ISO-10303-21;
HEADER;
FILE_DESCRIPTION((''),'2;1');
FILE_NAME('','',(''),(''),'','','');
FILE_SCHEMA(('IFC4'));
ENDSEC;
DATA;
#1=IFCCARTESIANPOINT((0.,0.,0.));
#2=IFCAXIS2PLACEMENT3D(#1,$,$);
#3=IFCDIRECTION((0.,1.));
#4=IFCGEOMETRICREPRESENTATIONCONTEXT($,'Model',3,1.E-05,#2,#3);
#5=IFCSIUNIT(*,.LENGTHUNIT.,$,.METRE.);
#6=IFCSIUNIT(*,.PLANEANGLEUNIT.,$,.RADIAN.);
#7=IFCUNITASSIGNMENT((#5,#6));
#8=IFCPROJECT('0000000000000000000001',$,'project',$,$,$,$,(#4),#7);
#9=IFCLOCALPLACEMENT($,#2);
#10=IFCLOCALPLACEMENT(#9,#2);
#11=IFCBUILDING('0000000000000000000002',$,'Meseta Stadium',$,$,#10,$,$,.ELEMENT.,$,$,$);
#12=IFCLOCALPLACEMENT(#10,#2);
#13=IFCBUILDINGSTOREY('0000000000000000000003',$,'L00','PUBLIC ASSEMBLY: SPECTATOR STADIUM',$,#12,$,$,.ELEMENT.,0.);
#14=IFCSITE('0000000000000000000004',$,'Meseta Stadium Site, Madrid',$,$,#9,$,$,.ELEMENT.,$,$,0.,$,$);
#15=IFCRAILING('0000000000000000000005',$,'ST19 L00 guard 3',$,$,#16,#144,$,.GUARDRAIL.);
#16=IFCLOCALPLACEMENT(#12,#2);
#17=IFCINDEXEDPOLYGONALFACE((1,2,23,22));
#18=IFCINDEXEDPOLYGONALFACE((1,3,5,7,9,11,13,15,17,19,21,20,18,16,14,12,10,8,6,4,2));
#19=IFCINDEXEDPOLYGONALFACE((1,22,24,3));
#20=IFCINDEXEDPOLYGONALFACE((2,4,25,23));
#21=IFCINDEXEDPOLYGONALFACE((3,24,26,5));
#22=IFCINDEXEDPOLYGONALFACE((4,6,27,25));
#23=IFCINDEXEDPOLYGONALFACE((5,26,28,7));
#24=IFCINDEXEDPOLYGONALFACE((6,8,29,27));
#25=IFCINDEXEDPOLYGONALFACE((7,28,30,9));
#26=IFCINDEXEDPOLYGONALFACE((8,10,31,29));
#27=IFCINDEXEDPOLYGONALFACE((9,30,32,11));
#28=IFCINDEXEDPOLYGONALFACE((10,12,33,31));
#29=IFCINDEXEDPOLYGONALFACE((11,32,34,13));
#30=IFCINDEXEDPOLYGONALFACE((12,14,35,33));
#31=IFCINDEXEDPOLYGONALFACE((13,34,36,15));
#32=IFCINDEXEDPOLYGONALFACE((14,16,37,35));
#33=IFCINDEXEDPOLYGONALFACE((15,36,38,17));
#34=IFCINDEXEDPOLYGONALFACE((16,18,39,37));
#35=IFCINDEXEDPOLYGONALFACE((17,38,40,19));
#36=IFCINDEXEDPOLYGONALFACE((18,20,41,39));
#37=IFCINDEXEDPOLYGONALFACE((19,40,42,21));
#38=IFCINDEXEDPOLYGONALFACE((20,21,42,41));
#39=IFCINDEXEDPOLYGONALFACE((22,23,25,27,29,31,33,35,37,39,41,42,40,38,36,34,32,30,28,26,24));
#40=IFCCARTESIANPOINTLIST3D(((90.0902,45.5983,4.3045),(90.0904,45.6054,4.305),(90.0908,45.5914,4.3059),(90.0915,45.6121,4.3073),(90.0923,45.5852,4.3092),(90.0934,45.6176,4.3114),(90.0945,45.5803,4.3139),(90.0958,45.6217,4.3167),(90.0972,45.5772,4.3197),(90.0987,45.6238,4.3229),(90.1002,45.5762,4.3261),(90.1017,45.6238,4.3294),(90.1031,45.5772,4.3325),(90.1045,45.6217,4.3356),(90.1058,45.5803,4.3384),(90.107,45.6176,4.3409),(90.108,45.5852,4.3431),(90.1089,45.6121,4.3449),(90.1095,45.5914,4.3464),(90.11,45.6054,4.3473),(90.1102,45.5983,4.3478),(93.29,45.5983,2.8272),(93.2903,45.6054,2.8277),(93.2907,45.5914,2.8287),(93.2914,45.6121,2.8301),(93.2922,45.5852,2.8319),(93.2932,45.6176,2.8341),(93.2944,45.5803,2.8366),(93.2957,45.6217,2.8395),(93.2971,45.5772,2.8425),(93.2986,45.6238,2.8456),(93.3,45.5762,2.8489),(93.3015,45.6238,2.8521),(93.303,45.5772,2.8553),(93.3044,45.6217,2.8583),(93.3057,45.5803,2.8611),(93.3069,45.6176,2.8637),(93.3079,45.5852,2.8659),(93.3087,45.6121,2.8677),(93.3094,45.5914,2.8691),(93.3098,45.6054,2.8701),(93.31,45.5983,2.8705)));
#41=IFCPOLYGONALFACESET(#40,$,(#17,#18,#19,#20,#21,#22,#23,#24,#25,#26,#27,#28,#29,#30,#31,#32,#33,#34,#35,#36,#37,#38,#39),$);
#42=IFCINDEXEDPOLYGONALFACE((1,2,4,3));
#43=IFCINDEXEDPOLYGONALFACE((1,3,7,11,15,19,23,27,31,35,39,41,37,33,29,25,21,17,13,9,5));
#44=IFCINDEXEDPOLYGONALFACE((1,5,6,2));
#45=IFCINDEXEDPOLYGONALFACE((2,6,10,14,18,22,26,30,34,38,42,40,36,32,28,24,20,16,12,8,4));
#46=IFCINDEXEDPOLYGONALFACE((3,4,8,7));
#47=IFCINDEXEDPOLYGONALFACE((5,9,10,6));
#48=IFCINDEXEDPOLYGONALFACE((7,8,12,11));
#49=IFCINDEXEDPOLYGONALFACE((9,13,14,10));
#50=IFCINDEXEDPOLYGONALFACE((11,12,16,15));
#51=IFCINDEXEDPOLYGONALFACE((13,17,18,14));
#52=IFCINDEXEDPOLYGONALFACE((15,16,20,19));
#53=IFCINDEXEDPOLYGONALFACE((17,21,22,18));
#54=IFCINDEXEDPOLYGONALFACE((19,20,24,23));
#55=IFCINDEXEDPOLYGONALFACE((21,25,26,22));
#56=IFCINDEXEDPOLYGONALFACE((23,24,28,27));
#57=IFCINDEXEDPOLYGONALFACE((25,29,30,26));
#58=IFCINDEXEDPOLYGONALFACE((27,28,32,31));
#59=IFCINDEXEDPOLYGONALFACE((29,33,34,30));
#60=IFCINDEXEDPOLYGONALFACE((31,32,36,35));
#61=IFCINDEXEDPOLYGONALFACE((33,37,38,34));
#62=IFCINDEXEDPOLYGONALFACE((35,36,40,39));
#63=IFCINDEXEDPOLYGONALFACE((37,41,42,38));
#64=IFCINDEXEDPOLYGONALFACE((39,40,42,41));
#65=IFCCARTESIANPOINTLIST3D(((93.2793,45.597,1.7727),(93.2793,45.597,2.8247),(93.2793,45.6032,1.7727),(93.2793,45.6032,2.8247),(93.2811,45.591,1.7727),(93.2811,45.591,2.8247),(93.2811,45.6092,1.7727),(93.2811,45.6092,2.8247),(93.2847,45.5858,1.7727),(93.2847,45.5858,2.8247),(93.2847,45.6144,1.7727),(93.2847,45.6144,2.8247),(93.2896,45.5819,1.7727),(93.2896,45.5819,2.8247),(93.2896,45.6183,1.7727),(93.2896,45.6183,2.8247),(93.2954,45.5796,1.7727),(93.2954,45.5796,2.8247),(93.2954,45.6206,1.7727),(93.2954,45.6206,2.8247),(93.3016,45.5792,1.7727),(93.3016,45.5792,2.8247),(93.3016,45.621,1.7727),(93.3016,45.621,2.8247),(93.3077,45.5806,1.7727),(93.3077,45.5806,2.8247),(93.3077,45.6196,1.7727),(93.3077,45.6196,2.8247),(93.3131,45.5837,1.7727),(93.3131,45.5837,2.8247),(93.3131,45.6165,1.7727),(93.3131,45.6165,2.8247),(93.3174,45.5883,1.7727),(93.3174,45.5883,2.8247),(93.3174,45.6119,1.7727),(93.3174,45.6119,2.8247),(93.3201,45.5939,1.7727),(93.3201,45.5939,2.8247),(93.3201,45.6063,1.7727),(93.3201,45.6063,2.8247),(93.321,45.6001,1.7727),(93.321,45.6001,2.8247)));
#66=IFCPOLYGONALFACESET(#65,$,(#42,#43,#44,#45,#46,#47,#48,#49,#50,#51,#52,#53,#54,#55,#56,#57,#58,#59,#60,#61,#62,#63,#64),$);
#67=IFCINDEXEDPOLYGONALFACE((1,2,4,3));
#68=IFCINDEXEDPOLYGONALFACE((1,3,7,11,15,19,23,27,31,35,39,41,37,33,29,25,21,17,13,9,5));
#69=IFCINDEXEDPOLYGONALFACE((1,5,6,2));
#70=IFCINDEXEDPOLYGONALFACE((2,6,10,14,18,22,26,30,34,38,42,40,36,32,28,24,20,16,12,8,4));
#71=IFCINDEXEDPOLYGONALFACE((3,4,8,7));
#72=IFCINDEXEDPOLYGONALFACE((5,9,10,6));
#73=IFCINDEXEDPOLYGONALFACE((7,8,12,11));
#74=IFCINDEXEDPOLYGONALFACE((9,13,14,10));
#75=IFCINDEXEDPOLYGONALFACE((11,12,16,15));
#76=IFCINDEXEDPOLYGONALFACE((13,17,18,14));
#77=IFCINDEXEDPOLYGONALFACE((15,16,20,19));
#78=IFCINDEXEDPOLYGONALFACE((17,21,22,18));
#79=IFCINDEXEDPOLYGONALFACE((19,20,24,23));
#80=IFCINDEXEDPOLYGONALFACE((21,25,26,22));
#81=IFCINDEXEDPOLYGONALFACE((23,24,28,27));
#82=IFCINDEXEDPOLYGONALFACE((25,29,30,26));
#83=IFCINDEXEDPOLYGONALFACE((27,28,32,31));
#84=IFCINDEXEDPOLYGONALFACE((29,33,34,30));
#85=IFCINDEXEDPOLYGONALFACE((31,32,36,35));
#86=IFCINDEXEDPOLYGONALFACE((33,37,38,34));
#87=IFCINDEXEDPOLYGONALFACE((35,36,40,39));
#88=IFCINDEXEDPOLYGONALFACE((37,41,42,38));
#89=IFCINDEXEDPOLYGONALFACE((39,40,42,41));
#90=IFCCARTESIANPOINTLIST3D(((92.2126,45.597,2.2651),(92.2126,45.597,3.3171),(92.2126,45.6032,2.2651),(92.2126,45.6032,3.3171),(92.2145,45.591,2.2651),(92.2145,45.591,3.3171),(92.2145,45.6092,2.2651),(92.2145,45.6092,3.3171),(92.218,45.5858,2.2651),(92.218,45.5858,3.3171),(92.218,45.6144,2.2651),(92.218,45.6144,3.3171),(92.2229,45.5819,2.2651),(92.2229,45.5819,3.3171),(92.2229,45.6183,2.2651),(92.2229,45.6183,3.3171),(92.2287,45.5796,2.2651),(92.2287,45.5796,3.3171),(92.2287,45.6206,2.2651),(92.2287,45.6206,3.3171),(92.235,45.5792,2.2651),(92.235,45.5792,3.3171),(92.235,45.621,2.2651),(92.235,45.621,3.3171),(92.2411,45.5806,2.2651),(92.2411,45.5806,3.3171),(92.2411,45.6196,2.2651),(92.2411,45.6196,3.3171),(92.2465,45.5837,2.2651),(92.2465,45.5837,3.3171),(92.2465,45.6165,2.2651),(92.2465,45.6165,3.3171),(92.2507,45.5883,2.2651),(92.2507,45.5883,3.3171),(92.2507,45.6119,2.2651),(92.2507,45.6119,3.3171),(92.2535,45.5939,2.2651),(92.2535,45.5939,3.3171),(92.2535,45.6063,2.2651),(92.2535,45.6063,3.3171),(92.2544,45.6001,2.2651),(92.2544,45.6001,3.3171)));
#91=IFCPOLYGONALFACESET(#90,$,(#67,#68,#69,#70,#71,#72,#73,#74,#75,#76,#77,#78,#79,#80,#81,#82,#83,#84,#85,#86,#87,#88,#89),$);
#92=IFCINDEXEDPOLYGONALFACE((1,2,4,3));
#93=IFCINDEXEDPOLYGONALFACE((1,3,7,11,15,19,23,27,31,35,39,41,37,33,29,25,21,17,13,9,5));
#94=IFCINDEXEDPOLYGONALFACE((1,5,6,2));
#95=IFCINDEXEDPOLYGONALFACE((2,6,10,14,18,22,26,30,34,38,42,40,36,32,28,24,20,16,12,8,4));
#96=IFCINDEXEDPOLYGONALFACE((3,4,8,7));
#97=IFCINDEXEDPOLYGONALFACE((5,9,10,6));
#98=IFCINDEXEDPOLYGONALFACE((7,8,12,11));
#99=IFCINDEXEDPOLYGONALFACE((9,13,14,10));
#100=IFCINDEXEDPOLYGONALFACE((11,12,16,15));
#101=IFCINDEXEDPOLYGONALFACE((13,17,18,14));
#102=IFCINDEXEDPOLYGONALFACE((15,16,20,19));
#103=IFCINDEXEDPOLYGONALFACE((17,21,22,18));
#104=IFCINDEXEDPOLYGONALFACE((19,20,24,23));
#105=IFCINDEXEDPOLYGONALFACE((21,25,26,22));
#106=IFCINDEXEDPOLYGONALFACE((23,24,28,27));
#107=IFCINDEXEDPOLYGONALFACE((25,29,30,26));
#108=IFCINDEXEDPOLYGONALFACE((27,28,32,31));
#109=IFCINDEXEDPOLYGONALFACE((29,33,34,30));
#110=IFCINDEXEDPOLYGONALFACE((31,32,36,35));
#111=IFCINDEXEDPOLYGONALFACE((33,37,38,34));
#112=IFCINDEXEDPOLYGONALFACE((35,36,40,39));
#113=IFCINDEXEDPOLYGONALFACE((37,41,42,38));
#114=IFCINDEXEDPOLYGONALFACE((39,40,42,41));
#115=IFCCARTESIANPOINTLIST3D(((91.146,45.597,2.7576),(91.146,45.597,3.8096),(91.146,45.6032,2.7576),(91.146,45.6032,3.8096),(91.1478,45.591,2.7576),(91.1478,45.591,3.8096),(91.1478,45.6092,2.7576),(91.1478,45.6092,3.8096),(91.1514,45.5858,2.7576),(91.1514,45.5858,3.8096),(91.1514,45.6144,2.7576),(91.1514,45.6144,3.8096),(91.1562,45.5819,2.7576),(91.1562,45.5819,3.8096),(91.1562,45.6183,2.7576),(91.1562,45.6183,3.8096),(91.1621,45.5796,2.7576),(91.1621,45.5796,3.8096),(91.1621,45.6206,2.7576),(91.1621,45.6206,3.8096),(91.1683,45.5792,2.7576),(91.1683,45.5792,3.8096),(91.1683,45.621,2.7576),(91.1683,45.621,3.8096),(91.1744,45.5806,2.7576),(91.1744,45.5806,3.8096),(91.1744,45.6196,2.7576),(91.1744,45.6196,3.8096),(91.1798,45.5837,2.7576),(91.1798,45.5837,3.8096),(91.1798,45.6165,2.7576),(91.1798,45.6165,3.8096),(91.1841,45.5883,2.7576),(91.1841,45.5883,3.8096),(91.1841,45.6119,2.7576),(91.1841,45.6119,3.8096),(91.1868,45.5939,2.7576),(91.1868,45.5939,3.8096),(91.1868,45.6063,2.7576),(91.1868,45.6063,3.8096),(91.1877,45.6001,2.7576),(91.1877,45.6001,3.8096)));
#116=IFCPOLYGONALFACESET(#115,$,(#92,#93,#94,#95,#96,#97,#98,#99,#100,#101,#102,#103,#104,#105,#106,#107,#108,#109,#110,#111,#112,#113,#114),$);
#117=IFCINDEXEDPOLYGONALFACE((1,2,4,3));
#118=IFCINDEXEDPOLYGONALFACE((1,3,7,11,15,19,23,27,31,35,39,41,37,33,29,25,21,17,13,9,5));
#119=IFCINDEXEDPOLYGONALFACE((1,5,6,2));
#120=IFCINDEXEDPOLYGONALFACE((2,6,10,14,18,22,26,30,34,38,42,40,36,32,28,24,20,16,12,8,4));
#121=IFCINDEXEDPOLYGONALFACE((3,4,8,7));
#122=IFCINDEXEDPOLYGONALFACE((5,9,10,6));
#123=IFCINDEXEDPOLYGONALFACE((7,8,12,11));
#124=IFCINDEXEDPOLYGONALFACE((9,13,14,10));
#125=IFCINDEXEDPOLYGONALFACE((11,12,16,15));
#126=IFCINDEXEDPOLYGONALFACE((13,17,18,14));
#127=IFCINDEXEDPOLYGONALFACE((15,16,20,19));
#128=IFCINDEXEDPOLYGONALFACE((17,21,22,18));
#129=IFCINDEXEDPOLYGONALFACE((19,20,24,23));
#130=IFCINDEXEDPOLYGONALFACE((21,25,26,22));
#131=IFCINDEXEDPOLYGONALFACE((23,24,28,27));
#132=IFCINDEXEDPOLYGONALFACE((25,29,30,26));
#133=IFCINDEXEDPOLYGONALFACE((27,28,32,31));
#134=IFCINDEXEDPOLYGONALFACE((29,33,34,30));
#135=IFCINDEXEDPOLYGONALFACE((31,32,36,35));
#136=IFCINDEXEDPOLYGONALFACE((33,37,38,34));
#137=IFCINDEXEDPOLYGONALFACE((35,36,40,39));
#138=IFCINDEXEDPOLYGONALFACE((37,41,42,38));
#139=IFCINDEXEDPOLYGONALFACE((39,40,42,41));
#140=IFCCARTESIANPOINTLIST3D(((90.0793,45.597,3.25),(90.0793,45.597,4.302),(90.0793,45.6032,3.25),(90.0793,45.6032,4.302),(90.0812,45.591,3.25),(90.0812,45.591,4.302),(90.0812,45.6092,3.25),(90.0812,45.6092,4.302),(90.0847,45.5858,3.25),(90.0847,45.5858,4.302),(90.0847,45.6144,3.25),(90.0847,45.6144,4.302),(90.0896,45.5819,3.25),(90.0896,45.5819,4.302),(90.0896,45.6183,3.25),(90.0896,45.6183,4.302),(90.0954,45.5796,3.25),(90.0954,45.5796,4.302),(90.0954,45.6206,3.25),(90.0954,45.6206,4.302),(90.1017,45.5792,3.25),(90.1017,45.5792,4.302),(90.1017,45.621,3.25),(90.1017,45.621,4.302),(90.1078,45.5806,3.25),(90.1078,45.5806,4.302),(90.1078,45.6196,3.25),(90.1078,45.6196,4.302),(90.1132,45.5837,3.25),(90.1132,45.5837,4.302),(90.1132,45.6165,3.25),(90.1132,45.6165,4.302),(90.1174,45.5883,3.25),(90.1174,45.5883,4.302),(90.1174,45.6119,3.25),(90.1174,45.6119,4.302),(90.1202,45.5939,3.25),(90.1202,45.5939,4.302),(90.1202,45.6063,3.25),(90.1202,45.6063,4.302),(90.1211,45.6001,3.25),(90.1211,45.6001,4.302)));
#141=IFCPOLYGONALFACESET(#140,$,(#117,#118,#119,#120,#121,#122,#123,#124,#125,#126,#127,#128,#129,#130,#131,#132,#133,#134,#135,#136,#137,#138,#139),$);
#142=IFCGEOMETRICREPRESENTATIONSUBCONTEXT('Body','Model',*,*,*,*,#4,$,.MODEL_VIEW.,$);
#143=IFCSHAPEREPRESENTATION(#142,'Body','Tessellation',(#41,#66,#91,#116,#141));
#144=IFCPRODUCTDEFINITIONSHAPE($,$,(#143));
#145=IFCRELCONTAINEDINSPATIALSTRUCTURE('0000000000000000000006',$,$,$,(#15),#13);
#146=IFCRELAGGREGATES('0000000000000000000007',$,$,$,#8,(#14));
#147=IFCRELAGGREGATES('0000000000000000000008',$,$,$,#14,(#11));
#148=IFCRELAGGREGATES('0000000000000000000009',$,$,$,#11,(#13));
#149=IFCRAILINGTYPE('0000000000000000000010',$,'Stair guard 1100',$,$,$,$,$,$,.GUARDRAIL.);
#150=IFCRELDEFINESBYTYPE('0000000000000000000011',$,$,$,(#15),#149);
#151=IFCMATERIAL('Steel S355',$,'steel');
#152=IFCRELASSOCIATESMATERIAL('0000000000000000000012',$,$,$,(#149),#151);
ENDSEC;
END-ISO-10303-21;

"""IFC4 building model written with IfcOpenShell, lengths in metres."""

from ifc_helpers import new_model, si_unit, direction, frame, origin, origin_2d, place, context, subcontext, project, spatial, circle, extrude, material, type_object, element, save


model = new_model("IFC4")

# Units and contexts
model_context = context("Model", 3, precision=1e-05, world=origin(), true_north=direction((0.0, 1.0)))
body_context = subcontext(model_context, "Body", "Model", "MODEL_VIEW")
ifc_project = project(units=[si_unit("LENGTHUNIT", "METRE"), si_unit("PLANEANGLEUNIT", "RADIAN")], contexts=[model_context])

# Site, building, storey
site_placement = place(None, origin())
site = spatial("IfcSite", under=ifc_project, at=site_placement, Name="Meseta Stadium Site, Madrid", CompositionType="ELEMENT", RefElevation=0.0)
building_placement = place(site_placement, origin())
building = spatial("IfcBuilding", under=site, at=building_placement, Name="Meseta Stadium", CompositionType="ELEMENT")
storey_placement = place(building_placement, origin())
storey = spatial("IfcBuildingStorey", under=building, at=storey_placement, Name="L00", Description="PUBLIC ASSEMBLY: SPECTATOR STADIUM", CompositionType="ELEMENT", Elevation=0.0)

# Railing
ifc_material_1 = material(Name="Steel S355", Category="steel")
railing_type_1 = type_object("IfcRailingType", Name="Stair guard 1100", PredefinedType="GUARDRAIL", material=ifc_material_1)
railing_1_placement = place(storey_placement, frame((93.3, 45.6001, 1.7727)))
element("IfcRailing", 1, at=railing_1_placement, inside=storey, type_object=railing_type_1, Name="ST19 L00 guard 3", PredefinedType="GUARDRAIL", context=body_context, shape_type="SweptSolid", body=[
    extrude(circle(Radius=0.0239, at=origin_2d()), frame((0.0, 0.0, 1.0762), z_axis=(-0.907917, 0.0, 0.41915), x_axis=(0.0, -1.0, 0.0)), (0.0, 0.0, 1.0), 3.5244),
    extrude(circle(Radius=0.021, at=origin_2d()), origin(), (0.0, 0.0, 1.0), 1.052),
    extrude(circle(Radius=0.021, at=origin_2d()), frame((-1.0667, 0.0, 0.4924)), (0.0, 0.0, 1.0), 1.052),
    extrude(circle(Radius=0.021, at=origin_2d()), frame((-2.1333, 0.0, 0.9849)), (0.0, 0.0, 1.0), 1.052),
    extrude(circle(Radius=0.021, at=origin_2d()), frame((-3.2, 0.0, 1.4773)), (0.0, 0.0, 1.0), 1.052),
])

save(model, "model.ifc")
